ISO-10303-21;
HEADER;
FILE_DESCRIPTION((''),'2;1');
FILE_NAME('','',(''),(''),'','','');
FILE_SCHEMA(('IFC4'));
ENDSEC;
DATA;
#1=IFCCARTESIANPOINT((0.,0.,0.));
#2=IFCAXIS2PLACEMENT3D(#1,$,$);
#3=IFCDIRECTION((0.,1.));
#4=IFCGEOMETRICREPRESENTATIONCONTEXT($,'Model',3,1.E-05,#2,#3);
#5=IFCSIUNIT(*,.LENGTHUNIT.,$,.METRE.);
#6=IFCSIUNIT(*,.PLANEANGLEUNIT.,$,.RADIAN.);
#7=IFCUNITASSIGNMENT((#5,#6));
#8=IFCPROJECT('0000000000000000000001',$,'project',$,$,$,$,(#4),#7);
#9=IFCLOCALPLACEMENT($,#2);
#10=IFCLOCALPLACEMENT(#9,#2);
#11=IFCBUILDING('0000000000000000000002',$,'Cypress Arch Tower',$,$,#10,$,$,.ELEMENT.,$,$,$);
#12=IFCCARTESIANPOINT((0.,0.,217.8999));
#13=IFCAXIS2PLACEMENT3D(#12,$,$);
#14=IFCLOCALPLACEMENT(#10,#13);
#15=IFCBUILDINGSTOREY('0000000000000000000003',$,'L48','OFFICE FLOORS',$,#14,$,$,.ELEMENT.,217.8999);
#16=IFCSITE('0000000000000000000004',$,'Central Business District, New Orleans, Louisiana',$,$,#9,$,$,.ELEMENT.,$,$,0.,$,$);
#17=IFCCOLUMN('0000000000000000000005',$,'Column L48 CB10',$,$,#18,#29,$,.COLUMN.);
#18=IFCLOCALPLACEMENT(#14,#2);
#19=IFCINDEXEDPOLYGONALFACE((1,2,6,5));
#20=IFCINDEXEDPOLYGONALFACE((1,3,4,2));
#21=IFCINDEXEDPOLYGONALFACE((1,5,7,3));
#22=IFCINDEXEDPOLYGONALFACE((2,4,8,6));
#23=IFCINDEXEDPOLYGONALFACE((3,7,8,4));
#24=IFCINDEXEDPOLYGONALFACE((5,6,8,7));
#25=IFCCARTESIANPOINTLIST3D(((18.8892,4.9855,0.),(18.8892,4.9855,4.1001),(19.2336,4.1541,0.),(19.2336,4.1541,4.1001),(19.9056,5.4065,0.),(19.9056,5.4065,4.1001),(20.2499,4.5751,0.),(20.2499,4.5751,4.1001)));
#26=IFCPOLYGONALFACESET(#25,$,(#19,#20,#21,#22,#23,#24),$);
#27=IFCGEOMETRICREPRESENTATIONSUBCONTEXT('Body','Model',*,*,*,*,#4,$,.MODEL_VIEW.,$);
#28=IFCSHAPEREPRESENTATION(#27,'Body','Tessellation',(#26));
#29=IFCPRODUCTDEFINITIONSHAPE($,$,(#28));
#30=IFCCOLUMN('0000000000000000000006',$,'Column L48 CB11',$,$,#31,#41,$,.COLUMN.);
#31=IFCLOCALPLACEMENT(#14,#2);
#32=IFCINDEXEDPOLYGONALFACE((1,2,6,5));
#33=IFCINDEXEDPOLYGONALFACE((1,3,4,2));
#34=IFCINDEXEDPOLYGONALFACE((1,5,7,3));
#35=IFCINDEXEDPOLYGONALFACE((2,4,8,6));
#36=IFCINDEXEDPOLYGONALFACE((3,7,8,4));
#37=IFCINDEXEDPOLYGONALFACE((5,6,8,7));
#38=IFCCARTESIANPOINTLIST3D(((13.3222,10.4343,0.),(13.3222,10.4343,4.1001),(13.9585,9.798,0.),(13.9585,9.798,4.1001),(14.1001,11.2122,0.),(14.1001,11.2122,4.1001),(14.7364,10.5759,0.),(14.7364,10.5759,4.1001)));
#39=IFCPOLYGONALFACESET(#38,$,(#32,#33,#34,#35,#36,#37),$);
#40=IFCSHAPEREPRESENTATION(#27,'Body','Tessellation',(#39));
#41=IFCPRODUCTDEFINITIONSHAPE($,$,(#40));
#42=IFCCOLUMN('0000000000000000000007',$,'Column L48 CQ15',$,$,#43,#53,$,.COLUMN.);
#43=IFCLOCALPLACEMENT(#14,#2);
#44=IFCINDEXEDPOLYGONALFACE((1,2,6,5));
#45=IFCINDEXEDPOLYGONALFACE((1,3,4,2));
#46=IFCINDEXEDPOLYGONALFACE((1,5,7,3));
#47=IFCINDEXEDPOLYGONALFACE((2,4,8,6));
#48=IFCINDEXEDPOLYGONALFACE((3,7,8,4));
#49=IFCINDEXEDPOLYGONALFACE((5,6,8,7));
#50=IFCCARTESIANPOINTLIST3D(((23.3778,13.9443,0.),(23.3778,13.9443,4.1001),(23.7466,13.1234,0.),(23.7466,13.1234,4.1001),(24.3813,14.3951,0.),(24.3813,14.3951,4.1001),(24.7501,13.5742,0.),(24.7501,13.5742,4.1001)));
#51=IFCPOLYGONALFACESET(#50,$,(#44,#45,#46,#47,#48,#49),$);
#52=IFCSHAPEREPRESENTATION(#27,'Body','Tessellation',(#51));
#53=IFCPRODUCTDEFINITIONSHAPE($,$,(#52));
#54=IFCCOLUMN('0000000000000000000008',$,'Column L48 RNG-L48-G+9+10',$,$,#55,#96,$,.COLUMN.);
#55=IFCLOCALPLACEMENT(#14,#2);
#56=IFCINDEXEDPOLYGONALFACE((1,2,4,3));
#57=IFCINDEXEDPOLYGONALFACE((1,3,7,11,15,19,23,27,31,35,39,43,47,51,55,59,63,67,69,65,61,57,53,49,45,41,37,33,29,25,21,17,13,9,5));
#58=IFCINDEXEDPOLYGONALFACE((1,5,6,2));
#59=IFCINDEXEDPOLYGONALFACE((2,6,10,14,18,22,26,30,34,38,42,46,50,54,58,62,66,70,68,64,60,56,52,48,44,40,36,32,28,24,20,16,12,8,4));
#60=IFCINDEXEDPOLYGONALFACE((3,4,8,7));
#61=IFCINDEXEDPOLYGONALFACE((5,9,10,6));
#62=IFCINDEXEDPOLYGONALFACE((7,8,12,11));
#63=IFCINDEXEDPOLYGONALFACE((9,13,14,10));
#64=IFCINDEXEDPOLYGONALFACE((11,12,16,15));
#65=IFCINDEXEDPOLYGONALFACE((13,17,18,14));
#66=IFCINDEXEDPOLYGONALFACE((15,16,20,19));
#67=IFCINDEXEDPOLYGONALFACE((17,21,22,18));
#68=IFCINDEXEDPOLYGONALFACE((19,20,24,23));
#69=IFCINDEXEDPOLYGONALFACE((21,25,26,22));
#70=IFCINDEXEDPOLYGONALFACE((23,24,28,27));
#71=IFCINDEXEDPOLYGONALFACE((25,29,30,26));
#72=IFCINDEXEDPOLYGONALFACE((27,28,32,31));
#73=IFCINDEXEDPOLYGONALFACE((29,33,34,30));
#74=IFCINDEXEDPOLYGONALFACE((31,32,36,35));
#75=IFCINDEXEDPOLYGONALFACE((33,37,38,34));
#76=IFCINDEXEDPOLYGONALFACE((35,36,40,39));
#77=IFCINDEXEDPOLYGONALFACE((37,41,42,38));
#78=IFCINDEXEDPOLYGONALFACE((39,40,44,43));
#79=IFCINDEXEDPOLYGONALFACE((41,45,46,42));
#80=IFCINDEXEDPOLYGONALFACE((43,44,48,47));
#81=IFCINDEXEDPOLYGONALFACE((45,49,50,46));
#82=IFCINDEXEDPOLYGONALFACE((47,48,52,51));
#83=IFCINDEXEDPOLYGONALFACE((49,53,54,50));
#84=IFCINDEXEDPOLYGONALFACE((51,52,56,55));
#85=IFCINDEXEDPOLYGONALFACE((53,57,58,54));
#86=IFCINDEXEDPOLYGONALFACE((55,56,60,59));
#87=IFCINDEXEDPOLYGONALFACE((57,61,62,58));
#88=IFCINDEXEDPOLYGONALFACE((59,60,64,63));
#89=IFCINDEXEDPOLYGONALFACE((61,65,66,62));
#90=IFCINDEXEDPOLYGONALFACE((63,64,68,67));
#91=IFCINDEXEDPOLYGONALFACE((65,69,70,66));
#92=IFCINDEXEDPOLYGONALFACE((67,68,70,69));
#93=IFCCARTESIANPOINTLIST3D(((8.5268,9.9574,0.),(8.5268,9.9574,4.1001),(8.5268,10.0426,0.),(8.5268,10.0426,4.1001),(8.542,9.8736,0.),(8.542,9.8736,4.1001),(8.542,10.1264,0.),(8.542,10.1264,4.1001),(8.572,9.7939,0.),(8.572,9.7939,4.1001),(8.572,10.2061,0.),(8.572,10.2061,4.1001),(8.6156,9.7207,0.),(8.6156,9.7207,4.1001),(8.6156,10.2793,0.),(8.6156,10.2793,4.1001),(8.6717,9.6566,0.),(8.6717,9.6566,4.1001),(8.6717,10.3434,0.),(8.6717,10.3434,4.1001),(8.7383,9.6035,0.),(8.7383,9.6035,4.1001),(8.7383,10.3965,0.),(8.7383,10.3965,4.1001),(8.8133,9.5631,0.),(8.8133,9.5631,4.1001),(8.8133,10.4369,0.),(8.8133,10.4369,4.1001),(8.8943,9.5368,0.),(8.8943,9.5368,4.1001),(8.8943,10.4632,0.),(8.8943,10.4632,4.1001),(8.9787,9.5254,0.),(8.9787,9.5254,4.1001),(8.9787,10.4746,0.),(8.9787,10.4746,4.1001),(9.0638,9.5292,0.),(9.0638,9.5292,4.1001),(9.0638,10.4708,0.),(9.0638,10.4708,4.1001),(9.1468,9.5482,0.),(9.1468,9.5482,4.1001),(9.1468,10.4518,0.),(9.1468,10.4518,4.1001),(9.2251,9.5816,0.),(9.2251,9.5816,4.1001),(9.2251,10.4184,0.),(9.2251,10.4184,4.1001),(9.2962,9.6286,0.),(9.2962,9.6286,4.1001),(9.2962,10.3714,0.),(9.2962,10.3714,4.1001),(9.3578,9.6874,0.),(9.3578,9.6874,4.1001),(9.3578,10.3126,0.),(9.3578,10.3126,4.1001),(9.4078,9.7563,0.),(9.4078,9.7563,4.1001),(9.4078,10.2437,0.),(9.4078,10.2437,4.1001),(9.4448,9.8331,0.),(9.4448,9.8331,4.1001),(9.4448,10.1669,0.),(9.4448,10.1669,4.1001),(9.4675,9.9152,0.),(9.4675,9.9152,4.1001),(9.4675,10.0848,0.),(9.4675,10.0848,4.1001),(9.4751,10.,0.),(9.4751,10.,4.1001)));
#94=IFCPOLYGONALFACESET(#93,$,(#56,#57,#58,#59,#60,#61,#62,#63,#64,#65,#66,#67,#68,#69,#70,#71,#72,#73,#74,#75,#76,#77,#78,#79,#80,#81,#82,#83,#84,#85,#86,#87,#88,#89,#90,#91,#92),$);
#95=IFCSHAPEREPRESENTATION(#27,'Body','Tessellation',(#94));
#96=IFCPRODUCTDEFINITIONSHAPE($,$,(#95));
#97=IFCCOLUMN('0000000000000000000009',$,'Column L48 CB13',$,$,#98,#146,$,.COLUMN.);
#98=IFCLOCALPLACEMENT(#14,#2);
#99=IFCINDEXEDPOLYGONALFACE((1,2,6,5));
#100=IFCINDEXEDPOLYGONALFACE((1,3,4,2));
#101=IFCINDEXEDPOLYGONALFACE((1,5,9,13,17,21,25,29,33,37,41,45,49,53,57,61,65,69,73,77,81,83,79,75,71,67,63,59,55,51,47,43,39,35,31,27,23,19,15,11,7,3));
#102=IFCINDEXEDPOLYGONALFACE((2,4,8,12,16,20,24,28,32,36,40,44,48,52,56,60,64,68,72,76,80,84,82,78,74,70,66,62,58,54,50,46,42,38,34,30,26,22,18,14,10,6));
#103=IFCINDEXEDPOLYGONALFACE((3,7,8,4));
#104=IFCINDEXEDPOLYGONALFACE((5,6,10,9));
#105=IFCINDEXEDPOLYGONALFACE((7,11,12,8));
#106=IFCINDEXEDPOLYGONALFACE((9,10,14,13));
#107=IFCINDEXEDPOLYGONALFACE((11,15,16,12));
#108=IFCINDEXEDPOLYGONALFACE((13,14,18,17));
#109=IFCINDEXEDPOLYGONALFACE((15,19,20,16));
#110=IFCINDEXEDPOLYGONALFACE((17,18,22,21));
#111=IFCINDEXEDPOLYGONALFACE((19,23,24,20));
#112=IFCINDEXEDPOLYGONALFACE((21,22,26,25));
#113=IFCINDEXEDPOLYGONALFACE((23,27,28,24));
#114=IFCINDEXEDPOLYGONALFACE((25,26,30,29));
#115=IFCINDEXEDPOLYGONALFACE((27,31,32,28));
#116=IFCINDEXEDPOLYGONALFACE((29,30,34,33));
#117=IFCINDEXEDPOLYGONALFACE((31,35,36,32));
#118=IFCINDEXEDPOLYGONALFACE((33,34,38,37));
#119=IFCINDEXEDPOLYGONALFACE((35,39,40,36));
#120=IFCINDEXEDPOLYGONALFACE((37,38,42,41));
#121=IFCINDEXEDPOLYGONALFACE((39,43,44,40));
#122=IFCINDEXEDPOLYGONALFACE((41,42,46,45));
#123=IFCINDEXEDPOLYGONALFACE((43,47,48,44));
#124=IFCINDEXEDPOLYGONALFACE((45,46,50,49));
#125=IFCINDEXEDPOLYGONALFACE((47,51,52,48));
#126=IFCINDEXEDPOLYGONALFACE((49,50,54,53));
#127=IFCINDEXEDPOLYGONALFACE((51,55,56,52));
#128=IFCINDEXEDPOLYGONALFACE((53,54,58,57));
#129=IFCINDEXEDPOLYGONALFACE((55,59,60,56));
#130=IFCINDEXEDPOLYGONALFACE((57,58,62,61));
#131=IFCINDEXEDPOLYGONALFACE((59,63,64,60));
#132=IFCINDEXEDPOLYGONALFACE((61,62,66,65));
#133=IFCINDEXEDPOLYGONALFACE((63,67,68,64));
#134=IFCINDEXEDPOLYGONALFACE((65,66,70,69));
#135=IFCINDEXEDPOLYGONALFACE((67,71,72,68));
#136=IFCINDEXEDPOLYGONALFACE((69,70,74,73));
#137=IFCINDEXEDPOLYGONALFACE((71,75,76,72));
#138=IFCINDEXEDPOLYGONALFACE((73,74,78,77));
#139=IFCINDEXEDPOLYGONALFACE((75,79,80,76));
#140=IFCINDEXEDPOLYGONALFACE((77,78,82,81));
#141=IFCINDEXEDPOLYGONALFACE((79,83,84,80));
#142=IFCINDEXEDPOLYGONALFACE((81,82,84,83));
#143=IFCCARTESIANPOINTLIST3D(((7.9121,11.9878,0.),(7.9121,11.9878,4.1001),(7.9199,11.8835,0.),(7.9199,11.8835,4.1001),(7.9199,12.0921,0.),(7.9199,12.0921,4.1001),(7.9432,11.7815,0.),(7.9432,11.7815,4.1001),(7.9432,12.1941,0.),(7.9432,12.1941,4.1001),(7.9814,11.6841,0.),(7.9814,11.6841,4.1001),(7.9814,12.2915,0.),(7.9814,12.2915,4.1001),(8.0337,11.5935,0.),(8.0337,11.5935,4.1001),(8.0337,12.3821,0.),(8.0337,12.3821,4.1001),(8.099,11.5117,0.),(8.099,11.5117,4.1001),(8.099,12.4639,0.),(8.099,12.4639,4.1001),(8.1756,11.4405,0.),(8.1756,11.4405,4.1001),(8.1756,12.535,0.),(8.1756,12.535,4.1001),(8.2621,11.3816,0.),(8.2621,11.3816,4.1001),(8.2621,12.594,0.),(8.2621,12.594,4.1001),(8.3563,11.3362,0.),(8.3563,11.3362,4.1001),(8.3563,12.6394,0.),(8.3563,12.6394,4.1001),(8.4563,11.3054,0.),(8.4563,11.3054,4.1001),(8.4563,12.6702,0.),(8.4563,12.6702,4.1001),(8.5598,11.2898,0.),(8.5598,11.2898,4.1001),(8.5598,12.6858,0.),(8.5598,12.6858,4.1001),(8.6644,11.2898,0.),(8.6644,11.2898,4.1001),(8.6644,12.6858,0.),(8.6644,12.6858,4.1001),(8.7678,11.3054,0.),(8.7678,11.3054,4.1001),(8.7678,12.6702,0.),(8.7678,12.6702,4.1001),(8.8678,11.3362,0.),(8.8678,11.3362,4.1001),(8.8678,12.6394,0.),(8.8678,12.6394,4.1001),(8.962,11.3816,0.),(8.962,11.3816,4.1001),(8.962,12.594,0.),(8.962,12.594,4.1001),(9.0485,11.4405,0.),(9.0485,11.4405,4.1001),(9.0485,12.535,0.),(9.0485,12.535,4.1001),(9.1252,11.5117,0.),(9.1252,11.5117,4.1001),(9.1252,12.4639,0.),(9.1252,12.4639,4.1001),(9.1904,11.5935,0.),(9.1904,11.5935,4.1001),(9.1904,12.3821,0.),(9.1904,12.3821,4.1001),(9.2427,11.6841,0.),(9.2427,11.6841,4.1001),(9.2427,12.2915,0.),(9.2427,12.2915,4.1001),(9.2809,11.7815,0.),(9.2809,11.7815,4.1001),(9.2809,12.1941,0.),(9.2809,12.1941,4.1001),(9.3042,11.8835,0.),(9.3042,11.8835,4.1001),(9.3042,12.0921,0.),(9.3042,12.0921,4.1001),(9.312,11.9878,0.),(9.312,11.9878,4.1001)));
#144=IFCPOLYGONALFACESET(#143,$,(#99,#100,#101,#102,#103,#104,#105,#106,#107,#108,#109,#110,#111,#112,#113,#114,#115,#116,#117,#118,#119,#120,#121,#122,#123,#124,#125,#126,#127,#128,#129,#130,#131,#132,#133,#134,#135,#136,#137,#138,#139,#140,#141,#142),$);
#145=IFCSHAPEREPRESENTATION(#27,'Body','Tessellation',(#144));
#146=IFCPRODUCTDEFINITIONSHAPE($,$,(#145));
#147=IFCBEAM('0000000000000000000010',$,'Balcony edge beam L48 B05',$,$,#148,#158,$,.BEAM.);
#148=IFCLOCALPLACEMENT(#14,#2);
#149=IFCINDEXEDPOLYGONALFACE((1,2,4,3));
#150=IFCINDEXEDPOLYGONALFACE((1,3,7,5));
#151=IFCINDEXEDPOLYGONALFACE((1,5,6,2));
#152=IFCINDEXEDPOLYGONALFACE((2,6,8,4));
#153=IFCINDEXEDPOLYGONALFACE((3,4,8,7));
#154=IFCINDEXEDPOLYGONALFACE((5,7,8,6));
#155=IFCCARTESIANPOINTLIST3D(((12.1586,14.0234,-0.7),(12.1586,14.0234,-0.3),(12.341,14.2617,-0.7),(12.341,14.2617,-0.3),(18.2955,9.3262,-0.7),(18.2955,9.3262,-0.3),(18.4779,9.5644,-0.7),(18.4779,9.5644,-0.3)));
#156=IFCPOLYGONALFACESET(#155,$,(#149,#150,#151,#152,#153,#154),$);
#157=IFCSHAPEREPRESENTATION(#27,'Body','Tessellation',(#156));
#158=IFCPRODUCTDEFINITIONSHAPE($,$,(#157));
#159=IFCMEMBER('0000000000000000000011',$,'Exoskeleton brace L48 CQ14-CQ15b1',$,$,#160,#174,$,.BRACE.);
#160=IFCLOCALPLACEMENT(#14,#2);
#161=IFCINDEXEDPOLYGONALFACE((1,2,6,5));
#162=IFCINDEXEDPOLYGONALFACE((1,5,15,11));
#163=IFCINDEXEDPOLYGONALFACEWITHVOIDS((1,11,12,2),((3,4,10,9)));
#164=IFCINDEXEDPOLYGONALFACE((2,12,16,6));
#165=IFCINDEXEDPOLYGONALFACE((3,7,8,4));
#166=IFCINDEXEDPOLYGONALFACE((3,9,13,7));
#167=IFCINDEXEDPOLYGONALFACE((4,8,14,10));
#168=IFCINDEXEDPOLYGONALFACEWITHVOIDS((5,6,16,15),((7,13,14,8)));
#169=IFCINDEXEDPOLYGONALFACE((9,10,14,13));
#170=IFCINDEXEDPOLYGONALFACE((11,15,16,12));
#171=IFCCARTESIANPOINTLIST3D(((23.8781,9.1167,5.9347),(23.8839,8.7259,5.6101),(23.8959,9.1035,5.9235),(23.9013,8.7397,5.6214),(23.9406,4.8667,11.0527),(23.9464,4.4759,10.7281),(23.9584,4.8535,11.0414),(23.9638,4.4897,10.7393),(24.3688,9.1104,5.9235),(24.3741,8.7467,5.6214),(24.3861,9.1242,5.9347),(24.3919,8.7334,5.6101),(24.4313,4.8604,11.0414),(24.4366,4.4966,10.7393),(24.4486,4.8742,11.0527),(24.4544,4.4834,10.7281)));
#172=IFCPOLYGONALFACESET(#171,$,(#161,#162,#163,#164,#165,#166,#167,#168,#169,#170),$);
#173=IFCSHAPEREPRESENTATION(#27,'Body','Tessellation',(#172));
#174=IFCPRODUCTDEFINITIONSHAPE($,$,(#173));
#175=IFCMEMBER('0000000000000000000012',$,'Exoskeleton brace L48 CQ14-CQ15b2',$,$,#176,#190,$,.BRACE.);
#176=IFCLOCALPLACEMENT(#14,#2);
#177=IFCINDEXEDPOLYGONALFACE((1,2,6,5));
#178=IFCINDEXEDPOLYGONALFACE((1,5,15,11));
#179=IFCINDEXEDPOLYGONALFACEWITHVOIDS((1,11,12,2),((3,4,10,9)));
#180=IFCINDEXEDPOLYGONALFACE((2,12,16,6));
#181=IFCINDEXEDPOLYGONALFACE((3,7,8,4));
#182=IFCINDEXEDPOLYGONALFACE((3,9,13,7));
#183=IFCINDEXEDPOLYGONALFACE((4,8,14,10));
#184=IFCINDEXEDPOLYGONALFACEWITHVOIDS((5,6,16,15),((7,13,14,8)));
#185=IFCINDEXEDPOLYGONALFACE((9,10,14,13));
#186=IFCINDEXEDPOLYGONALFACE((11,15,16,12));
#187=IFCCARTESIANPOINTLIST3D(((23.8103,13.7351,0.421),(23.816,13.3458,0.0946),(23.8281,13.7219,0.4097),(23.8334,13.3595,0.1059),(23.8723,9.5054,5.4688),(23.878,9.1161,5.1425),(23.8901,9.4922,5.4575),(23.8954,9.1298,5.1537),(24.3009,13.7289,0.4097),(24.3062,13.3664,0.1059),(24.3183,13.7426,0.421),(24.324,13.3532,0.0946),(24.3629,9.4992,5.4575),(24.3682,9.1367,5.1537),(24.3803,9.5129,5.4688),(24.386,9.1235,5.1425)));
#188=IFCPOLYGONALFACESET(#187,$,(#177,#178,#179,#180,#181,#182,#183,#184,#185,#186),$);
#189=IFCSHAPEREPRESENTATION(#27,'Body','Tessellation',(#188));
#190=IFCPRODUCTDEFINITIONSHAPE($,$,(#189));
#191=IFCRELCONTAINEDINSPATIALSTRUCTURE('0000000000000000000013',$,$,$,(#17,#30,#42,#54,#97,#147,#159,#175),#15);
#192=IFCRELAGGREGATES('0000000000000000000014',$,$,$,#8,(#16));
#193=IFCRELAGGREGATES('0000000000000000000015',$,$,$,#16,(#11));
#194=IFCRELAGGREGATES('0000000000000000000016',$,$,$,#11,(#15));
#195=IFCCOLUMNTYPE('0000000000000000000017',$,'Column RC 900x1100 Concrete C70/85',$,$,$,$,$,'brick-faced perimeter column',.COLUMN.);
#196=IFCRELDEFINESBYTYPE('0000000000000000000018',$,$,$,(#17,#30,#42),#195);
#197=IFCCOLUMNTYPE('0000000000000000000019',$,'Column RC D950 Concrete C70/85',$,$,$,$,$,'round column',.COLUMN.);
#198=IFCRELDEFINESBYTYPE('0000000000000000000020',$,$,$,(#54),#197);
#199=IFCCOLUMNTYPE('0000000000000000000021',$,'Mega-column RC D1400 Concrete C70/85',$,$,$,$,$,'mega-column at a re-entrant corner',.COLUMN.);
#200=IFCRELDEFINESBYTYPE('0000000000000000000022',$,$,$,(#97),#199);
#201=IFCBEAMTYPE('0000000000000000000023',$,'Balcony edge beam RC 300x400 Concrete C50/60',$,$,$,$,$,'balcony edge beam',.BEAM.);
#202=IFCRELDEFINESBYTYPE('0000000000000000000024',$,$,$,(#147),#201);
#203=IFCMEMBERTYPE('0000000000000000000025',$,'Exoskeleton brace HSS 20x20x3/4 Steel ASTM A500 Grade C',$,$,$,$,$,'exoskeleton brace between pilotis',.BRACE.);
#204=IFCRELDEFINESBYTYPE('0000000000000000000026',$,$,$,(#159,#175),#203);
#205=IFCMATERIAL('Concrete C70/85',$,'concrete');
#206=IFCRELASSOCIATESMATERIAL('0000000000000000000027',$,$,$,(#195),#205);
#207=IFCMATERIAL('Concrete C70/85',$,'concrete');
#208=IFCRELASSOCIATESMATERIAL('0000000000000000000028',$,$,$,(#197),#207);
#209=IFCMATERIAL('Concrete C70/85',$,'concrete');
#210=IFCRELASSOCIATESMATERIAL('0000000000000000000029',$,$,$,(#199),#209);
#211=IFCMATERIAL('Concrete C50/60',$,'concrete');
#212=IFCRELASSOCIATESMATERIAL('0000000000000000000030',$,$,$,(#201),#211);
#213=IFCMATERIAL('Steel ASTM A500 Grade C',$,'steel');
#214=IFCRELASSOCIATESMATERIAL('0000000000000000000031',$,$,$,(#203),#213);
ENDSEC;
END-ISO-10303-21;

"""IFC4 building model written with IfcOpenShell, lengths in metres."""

from ifc_helpers import new_model, si_unit, direction, frame, origin, origin_2d, place, context, subcontext, project, spatial, rectangle, hollow_rectangle, circle, extrude, material, material_profile, profile_set, type_object, element, save


model = new_model("IFC4")

# Units and contexts
model_context = context("Model", 3, precision=1e-05, world=origin(), true_north=direction((0.0, 1.0)))
body_context = subcontext(model_context, "Body", "Model", "MODEL_VIEW")
ifc_project = project(units=[si_unit("LENGTHUNIT", "METRE"), si_unit("PLANEANGLEUNIT", "RADIAN")], contexts=[model_context])

# Site, building, storey
site_placement = place(None, origin())
site = spatial("IfcSite", under=ifc_project, at=site_placement, Name="Central Business District, New Orleans, Louisiana", CompositionType="ELEMENT", RefElevation=0.0)
building_placement = place(site_placement, origin())
building = spatial("IfcBuilding", under=site, at=building_placement, Name="Cypress Arch Tower", CompositionType="ELEMENT")
storey_placement = place(building_placement, frame((0.0, 0.0, 217.8999)))
storey = spatial("IfcBuildingStorey", under=building, at=storey_placement, Name="L48", Description="OFFICE FLOORS", CompositionType="ELEMENT", Elevation=217.8999)

# Columns
ifc_material_1 = material(Name="Concrete C70/85", Category="concrete")
ifc_material_profile_1 = material_profile(ifc_material_1, rectangle(XDim=0.8999, YDim=1.1001, at=origin_2d()), Name="RC 900x1100")
ifc_profile_set_1 = profile_set([ifc_material_profile_1], Name="Concrete C70/85")
column_type_1 = type_object("IfcColumnType", Name="Column RC 900x1100 Concrete C70/85", ElementType="brick-faced perimeter column", PredefinedType="COLUMN", material=ifc_profile_set_1)
for number, where, z_axis, x_axis, name in (
    (1, (19.5696, 4.7803, 0.0), (0.0, 0.0, 1.0), (-0.382683, 0.92388, 0.0), "Column L48 CB10"),
    (2, (14.0293, 10.5051, 0.0), (0.0, 0.0, 1.0), (-0.707107, 0.707107, 0.0), "Column L48 CB11"),
    (3, (24.064, 13.7593, 0.0), (0.0, 0.0, 1.0), (-0.409765, 0.912191, 0.0), "Column L48 CQ15"),
):
    element("IfcColumn", number, at=place(storey_placement, frame(where, z_axis=z_axis, x_axis=x_axis)), inside=storey, type_object=column_type_1, Name=name, PredefinedType="COLUMN", context=body_context, shape_type="SweptSolid", body=[
        extrude(rectangle(XDim=0.8999, YDim=1.1001, at=origin_2d()), origin(), (0.0, 0.0, 1.0), 4.1001),
    ])
ifc_material_2 = material(Name="Concrete C70/85", Category="concrete")
ifc_material_profile_2 = material_profile(ifc_material_2, circle(Radius=0.4751, at=origin_2d()), Name="RC D950")
ifc_profile_set_2 = profile_set([ifc_material_profile_2], Name="Concrete C70/85")
column_type_2 = type_object("IfcColumnType", Name="Column RC D950 Concrete C70/85", ElementType="round column", PredefinedType="COLUMN", material=ifc_profile_set_2)
column_1_placement = place(storey_placement, frame((9.0, 10.0, 0.0), z_axis=(0.0, 0.0, 1.0), x_axis=(1.0, 0.0, 0.0)))
element("IfcColumn", 4, at=column_1_placement, inside=storey, type_object=column_type_2, Name="Column L48 RNG-L48-G+9+10", PredefinedType="COLUMN", context=body_context, shape_type="SweptSolid", body=[
    extrude(circle(Radius=0.4751, at=origin_2d()), origin(), (0.0, 0.0, 1.0), 4.1001),
])
ifc_material_3 = material(Name="Concrete C70/85", Category="concrete")
ifc_material_profile_3 = material_profile(ifc_material_3, circle(Radius=0.7, at=origin_2d()), Name="RC D1400")
ifc_profile_set_3 = profile_set([ifc_material_profile_3], Name="Concrete C70/85")
column_type_3 = type_object("IfcColumnType", Name="Mega-column RC D1400 Concrete C70/85", ElementType="mega-column at a re-entrant corner", PredefinedType="COLUMN", material=ifc_profile_set_3)
column_2_placement = place(storey_placement, frame((8.6121, 11.9878, 0.0), z_axis=(0.0, 0.0, 1.0), x_axis=(1.0, 0.0, 0.0)))
element("IfcColumn", 5, at=column_2_placement, inside=storey, type_object=column_type_3, Name="Column L48 CB13", PredefinedType="COLUMN", context=body_context, shape_type="SweptSolid", body=[
    extrude(circle(Radius=0.7, at=origin_2d()), origin(), (0.0, 0.0, 1.0), 4.1001),
])

# Beam
ifc_material_4 = material(Name="Concrete C50/60", Category="concrete")
ifc_material_profile_4 = material_profile(ifc_material_4, rectangle(XDim=0.3, YDim=0.3999, at=origin_2d()), Name="RC 300x400")
ifc_profile_set_4 = profile_set([ifc_material_profile_4], Name="Concrete C50/60")
beam_type_1 = type_object("IfcBeamType", Name="Balcony edge beam RC 300x400 Concrete C50/60", ElementType="balcony edge beam", PredefinedType="BEAM", material=ifc_profile_set_4)
beam_1_placement = place(storey_placement, frame((18.3867, 9.4453, -0.5), z_axis=(-0.79409, 0.607801, 0.0), x_axis=(-0.607801, -0.79409, 0.0)))
element("IfcBeam", 6, at=beam_1_placement, inside=storey, type_object=beam_type_1, Name="Balcony edge beam L48 B05", PredefinedType="BEAM", context=body_context, shape_type="SweptSolid", body=[
    extrude(rectangle(XDim=0.3, YDim=0.3999, at=origin_2d()), origin(), (0.0, 0.0, 1.0), 7.7283),
])

# Members
ifc_material_5 = material(Name="Steel ASTM A500 Grade C", Category="steel")
ifc_material_profile_5 = material_profile(ifc_material_5, hollow_rectangle(XDim=0.5081, YDim=0.5081, WallThickness=0.0176, at=origin_2d()), Name="HSS 20x20x3/4")
ifc_profile_set_5 = profile_set([ifc_material_profile_5], Name="Steel ASTM A500 Grade C")
member_type = type_object("IfcMemberType", Name="Exoskeleton brace HSS 20x20x3/4 Steel ASTM A500 Grade C", ElementType="exoskeleton brace between pilotis", PredefinedType="BRACE", material=ifc_profile_set_5)
member_1_placement = place(storey_placement, frame((24.1975, 4.675, 10.8904), z_axis=(-0.009395, 0.63883, -0.76929), x_axis=(-0.999892, -0.014704, 0.0)))
element("IfcMember", 7, at=member_1_placement, inside=storey, type_object=member_type, Name="Exoskeleton brace L48 CQ14-CQ15b1", PredefinedType="BRACE", context=body_context, shape_type="SweptSolid", body=[
    extrude(hollow_rectangle(XDim=0.5081, YDim=0.5081, WallThickness=0.0176, at=origin_2d()), origin(), (0.0, 0.0, 1.0), 6.6528),
])
member_2_placement = place(storey_placement, frame((24.0671, 13.5442, 0.2578), z_axis=(0.009416, -0.642232, 0.766452), x_axis=(0.999893, 0.014659, 0.0)))
element("IfcMember", 8, at=member_2_placement, inside=storey, type_object=member_type, Name="Exoskeleton brace L48 CQ14-CQ15b2", PredefinedType="BRACE", context=body_context, shape_type="SweptSolid", body=[
    extrude(hollow_rectangle(XDim=0.5081, YDim=0.5081, WallThickness=0.0176, at=origin_2d()), origin(), (0.0, 0.0, 1.0), 6.5859),
])

save(model, "model.ifc")
